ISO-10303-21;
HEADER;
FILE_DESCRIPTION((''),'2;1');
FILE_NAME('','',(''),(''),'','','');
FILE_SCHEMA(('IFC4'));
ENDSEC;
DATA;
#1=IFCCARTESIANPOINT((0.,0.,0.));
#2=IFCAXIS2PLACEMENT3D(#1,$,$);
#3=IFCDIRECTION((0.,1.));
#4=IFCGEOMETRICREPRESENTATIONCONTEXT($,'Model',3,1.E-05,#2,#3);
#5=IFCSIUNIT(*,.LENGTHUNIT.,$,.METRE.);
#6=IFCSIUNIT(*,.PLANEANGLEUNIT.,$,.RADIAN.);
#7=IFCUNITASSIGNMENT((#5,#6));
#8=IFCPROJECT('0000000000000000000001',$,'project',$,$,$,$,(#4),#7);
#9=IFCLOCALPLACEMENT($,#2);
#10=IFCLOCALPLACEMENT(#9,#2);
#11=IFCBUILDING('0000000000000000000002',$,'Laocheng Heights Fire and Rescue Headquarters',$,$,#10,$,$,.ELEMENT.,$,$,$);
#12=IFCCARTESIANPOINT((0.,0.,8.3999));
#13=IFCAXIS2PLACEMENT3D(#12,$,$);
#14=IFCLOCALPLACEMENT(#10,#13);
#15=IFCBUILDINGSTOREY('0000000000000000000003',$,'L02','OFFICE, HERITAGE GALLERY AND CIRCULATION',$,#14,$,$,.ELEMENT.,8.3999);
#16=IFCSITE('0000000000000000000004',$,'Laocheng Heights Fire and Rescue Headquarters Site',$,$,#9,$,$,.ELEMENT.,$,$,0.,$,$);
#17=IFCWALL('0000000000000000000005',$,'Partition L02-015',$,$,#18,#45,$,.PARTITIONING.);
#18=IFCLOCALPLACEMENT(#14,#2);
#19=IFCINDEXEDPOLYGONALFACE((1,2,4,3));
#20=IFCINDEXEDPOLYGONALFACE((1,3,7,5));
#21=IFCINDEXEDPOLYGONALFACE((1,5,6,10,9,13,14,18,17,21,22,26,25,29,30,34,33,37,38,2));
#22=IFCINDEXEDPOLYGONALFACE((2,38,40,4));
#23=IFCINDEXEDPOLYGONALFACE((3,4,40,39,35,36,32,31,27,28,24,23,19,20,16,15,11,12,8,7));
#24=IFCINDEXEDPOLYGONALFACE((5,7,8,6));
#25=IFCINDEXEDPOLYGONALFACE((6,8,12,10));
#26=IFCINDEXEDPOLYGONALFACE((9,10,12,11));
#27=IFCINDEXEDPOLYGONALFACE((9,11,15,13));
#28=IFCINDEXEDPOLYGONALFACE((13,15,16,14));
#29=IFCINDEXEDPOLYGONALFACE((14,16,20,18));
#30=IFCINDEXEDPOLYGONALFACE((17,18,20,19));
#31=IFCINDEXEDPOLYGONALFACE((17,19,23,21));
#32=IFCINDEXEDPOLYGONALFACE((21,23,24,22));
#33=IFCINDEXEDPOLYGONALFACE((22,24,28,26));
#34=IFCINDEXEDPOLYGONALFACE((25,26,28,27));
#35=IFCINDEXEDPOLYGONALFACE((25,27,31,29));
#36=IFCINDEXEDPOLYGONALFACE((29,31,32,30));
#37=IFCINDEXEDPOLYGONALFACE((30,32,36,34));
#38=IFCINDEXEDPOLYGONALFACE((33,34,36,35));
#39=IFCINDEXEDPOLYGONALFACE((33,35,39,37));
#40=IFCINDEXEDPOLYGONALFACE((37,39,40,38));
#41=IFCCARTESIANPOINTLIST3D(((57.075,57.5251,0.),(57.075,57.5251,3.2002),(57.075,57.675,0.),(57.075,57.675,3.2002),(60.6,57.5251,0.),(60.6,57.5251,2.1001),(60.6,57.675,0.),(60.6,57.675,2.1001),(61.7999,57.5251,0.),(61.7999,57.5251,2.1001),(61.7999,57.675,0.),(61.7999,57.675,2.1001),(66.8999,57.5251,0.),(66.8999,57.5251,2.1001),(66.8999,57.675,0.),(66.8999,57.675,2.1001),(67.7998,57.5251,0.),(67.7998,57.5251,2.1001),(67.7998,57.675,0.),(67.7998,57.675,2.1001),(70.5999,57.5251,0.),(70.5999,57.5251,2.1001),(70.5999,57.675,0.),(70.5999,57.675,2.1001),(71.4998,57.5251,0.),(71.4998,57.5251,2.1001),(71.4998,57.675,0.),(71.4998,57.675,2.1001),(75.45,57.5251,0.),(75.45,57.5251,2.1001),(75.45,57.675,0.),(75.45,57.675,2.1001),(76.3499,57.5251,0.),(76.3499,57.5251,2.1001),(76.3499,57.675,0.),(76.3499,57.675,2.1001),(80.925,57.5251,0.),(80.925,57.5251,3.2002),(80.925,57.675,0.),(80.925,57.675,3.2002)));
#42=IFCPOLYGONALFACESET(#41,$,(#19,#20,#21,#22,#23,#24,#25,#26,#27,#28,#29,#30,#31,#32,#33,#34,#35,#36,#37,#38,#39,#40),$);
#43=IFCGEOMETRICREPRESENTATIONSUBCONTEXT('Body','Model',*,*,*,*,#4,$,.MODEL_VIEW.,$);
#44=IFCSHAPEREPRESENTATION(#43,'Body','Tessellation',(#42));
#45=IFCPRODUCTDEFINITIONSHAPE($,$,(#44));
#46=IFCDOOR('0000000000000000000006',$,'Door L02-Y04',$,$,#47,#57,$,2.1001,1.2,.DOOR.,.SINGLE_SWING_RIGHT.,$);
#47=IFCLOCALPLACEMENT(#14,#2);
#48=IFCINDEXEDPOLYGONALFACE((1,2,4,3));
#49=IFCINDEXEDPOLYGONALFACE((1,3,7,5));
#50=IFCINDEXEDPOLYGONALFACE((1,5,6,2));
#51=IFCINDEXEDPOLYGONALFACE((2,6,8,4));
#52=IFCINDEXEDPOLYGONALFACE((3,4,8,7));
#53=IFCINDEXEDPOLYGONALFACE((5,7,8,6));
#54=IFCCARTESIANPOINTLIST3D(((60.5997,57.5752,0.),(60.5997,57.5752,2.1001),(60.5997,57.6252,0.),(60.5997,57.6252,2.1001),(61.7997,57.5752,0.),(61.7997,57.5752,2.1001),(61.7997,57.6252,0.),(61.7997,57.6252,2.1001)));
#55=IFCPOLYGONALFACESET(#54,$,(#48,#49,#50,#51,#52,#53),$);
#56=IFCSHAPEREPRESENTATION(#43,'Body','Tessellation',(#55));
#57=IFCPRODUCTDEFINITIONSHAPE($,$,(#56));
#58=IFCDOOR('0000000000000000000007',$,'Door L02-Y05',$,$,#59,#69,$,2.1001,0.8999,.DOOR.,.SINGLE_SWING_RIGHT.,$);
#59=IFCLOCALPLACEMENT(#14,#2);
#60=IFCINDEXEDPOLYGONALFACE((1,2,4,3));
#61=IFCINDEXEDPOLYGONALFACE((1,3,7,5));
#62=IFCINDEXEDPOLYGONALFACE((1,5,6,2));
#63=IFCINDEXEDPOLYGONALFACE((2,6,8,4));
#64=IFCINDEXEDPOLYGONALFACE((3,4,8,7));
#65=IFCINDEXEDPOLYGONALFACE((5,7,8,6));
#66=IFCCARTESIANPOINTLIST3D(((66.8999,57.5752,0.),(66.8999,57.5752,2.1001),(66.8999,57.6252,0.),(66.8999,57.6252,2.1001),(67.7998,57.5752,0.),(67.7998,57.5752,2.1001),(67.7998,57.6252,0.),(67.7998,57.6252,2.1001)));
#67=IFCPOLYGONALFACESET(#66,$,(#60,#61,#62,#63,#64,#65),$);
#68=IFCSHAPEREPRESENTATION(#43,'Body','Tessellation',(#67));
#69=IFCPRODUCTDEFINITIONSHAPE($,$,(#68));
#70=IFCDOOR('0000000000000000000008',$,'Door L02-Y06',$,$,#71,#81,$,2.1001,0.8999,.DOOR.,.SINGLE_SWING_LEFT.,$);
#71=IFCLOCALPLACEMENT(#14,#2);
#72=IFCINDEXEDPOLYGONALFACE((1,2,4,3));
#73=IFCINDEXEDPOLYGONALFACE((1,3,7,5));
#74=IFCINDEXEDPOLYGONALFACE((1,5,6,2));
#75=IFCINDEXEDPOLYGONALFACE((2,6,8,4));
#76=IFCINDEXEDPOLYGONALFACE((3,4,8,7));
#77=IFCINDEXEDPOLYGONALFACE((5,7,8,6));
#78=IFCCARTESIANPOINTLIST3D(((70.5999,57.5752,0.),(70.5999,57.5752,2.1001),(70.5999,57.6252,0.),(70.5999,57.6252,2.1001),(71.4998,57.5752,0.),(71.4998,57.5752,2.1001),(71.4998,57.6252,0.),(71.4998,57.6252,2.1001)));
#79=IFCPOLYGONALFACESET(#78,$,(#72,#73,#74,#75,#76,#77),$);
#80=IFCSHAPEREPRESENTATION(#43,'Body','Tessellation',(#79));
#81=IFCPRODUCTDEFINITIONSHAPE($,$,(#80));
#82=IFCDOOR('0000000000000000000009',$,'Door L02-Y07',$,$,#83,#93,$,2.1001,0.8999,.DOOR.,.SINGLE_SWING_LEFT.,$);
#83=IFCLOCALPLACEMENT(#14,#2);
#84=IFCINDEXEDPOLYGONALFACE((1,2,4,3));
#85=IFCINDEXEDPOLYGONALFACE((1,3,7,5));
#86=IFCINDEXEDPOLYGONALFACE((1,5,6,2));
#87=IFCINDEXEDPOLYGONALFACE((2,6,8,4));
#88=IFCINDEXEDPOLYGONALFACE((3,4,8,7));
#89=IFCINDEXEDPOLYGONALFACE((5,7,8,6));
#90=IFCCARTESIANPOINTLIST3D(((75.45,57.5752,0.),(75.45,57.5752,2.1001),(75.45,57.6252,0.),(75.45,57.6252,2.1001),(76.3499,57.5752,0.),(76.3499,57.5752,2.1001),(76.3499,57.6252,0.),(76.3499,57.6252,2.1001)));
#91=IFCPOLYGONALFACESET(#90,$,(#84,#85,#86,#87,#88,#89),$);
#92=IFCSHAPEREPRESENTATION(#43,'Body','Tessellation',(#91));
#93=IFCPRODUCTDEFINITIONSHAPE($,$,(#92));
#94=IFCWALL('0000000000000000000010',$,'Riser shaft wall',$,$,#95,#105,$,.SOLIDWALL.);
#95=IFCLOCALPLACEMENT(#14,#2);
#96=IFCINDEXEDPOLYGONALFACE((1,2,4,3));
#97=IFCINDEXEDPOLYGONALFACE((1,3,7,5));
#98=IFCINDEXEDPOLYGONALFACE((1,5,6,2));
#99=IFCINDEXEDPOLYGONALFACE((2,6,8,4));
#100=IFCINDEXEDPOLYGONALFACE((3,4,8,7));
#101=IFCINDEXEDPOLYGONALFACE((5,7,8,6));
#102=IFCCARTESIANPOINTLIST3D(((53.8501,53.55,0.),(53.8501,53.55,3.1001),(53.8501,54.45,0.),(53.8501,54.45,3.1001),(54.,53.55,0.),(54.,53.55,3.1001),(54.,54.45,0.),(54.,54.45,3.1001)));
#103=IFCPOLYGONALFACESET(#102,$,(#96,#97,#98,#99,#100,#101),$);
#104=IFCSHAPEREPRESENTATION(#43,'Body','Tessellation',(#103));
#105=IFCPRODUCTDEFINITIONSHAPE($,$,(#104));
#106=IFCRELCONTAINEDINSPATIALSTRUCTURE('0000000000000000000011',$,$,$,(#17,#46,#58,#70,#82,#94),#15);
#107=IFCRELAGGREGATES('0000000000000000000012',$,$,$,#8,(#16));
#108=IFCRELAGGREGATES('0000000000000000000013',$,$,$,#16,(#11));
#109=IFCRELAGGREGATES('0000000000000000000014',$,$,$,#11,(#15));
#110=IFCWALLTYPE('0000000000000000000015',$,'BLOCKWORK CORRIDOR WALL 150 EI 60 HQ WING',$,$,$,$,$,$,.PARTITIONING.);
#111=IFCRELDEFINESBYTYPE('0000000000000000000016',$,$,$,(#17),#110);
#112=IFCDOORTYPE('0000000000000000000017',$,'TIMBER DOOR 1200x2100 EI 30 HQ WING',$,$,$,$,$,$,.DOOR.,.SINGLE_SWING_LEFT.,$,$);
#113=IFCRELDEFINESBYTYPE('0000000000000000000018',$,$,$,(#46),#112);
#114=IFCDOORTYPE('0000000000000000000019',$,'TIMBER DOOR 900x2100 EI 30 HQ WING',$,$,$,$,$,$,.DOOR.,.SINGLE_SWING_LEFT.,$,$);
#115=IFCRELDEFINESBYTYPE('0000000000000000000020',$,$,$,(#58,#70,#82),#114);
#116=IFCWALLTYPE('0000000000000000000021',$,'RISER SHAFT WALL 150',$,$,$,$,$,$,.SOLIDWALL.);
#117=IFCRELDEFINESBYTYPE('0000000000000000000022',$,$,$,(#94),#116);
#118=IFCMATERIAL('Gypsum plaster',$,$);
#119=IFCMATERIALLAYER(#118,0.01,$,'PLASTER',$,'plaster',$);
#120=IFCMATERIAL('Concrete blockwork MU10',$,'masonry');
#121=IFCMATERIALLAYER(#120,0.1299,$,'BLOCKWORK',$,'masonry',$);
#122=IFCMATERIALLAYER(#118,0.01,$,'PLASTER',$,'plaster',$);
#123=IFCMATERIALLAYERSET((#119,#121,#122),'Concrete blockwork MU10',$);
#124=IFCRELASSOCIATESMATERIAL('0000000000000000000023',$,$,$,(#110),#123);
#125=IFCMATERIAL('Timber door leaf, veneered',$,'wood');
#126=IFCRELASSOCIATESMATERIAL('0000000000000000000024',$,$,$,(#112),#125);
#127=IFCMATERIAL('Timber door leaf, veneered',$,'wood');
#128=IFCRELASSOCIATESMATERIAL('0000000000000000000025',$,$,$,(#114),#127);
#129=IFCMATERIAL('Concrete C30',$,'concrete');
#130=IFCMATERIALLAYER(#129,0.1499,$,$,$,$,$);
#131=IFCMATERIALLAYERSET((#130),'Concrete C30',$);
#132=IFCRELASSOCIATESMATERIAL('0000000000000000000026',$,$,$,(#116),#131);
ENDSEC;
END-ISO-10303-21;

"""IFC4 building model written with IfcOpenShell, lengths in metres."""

from ifc_helpers import new_model, si_unit, direction, frame, frame_2d, origin, place, context, subcontext, project, spatial, rectangle, extrude, material, layer, layer_set, type_object, element, fill, save


model = new_model("IFC4")

# Units and contexts
model_context = context("Model", 3, precision=1e-05, world=origin(), true_north=direction((0.0, 1.0)))
body_context = subcontext(model_context, "Body", "Model", "MODEL_VIEW")
ifc_project = project(units=[si_unit("LENGTHUNIT", "METRE"), si_unit("PLANEANGLEUNIT", "RADIAN")], contexts=[model_context])

# Site, building, storey
site_placement = place(None, origin())
site = spatial("IfcSite", under=ifc_project, at=site_placement, Name="Laocheng Heights Fire and Rescue Headquarters Site", CompositionType="ELEMENT", RefElevation=0.0)
building_placement = place(site_placement, origin())
building = spatial("IfcBuilding", under=site, at=building_placement, Name="Laocheng Heights Fire and Rescue Headquarters", CompositionType="ELEMENT")
storey_placement = place(building_placement, frame((0.0, 0.0, 8.3999)))
storey = spatial("IfcBuildingStorey", under=building, at=storey_placement, Name="L02", Description="OFFICE, HERITAGE GALLERY AND CIRCULATION", CompositionType="ELEMENT", Elevation=8.3999)

# Shared definitions
ifc_material_1 = material(Name="Gypsum plaster")
ifc_layer_1 = layer(ifc_material_1, 0.01, Name="PLASTER", Category="plaster")
ifc_material_2 = material(Name="Concrete blockwork MU10", Category="masonry")
ifc_layer_2 = layer(ifc_material_2, 0.1299, Name="BLOCKWORK", Category="masonry")
ifc_layer_3 = layer(ifc_material_1, 0.01, Name="PLASTER", Category="plaster")
ifc_layer_set_1 = layer_set([ifc_layer_1, ifc_layer_2, ifc_layer_3], Name="Concrete blockwork MU10")
wall_type_1 = type_object("IfcWallType", Name="BLOCKWORK CORRIDOR WALL 150 EI 60 HQ WING", PredefinedType="PARTITIONING", material=ifc_layer_set_1)

# Wall, openings, doors
wall_1_placement = place(storey_placement, frame((57.075, 57.6001, 0.0), z_axis=(0.0, 0.0, 1.0), x_axis=(1.0, 0.0, 0.0)))
wall_1 = element("IfcWall", 1, at=wall_1_placement, inside=storey, type_object=wall_type_1, Name="Partition L02-015", PredefinedType="PARTITIONING", context=body_context, shape_type="SweptSolid", body=[
    extrude(rectangle(XDim=23.8501, YDim=0.1499, at=frame_2d((11.925, 0.0))), origin(), (0.0, 0.0, 1.0), 3.2002),
])
opening_1_placement = place(wall_1_placement, frame((3.5249, 0.0, 0.0)))
opening_1 = element("IfcOpeningElement", 2, at=opening_1_placement, cuts=wall_1, PredefinedType="OPENING", context=body_context, shape_type="SweptSolid", body=[
    extrude(rectangle(XDim=1.2, YDim=2.1001, at=frame_2d((0.6001, 1.05))), frame((0.0, 0.085, 0.0), z_axis=(0.0, -1.0, 0.0), x_axis=(1.0, 0.0, 0.0)), (0.0, 0.0, 1.0), 0.1699),
])
opening_2_placement = place(wall_1_placement, frame((9.825, 0.0, 0.0)))
opening_2 = element("IfcOpeningElement", 3, at=opening_2_placement, cuts=wall_1, PredefinedType="OPENING", context=body_context, shape_type="SweptSolid", body=[
    extrude(rectangle(XDim=0.8999, YDim=2.1001, at=frame_2d((0.45, 1.05))), frame((0.0, 0.085, 0.0), z_axis=(0.0, -1.0, 0.0), x_axis=(1.0, 0.0, 0.0)), (0.0, 0.0, 1.0), 0.1699),
])
opening_3_placement = place(wall_1_placement, frame((13.5249, 0.0, 0.0)))
opening_3 = element("IfcOpeningElement", 4, at=opening_3_placement, cuts=wall_1, PredefinedType="OPENING", context=body_context, shape_type="SweptSolid", body=[
    extrude(rectangle(XDim=0.8999, YDim=2.1001, at=frame_2d((0.45, 1.05))), frame((0.0, 0.085, 0.0), z_axis=(0.0, -1.0, 0.0), x_axis=(1.0, 0.0, 0.0)), (0.0, 0.0, 1.0), 0.1699),
])
opening_4_placement = place(wall_1_placement, frame((18.375, 0.0, 0.0)))
opening_4 = element("IfcOpeningElement", 5, at=opening_4_placement, cuts=wall_1, PredefinedType="OPENING", context=body_context, shape_type="SweptSolid", body=[
    extrude(rectangle(XDim=0.8999, YDim=2.1001, at=frame_2d((0.45, 1.05))), frame((0.0, 0.085, 0.0), z_axis=(0.0, -1.0, 0.0), x_axis=(1.0, 0.0, 0.0)), (0.0, 0.0, 1.0), 0.1699),
])
ifc_material_3 = material(Name="Timber door leaf, veneered", Category="wood")
door_type_1 = type_object("IfcDoorType", Name="TIMBER DOOR 1200x2100 EI 30 HQ WING", OperationType="SINGLE_SWING_LEFT", PredefinedType="DOOR", material=ifc_material_3)
door_1_placement = place(opening_1_placement, frame((1.2, 0.0, 0.0), z_axis=(0.0, 0.0, 1.0), x_axis=(-1.0, 0.0, 0.0)))
door_1 = element("IfcDoor", 6, at=door_1_placement, inside=storey, type_object=door_type_1, Name="Door L02-Y04", OperationType="SINGLE_SWING_RIGHT", OverallHeight=2.1001, OverallWidth=1.2, PredefinedType="DOOR", context=body_context, shape_type="SweptSolid", body=[
    extrude(rectangle(XDim=1.2, YDim=2.1001, at=frame_2d((0.6001, 1.05))), frame((0.0, 0.0249, 0.0), z_axis=(0.0, -1.0, 0.0), x_axis=(1.0, 0.0, 0.0)), (0.0, 0.0, 1.0), 0.05),
])
fill(opening_1, door_1)
ifc_material_4 = material(Name="Timber door leaf, veneered", Category="wood")
door_type_2 = type_object("IfcDoorType", Name="TIMBER DOOR 900x2100 EI 30 HQ WING", OperationType="SINGLE_SWING_LEFT", PredefinedType="DOOR", material=ifc_material_4)
door_2_placement = place(opening_2_placement, frame((0.8999, 0.0, 0.0), z_axis=(0.0, 0.0, 1.0), x_axis=(-1.0, 0.0, 0.0)))
door_2 = element("IfcDoor", 7, at=door_2_placement, inside=storey, type_object=door_type_2, Name="Door L02-Y05", OperationType="SINGLE_SWING_RIGHT", OverallHeight=2.1001, OverallWidth=0.8999, PredefinedType="DOOR", context=body_context, shape_type="SweptSolid", body=[
    extrude(rectangle(XDim=0.8999, YDim=2.1001, at=frame_2d((0.45, 1.05))), frame((0.0, 0.0249, 0.0), z_axis=(0.0, -1.0, 0.0), x_axis=(1.0, 0.0, 0.0)), (0.0, 0.0, 1.0), 0.05),
])
fill(opening_2, door_2)
door_3_placement = place(opening_3_placement, frame((0.8999, 0.0, 0.0), z_axis=(0.0, 0.0, 1.0), x_axis=(-1.0, 0.0, 0.0)))
door_3 = element("IfcDoor", 8, at=door_3_placement, inside=storey, type_object=door_type_2, Name="Door L02-Y06", OperationType="SINGLE_SWING_LEFT", OverallHeight=2.1001, OverallWidth=0.8999, PredefinedType="DOOR", context=body_context, shape_type="SweptSolid", body=[
    extrude(rectangle(XDim=0.8999, YDim=2.1001, at=frame_2d((0.45, 1.05))), frame((0.0, 0.0249, 0.0), z_axis=(0.0, -1.0, 0.0), x_axis=(1.0, 0.0, 0.0)), (0.0, 0.0, 1.0), 0.05),
])
fill(opening_3, door_3)
door_4_placement = place(opening_4_placement, frame((0.8999, 0.0, 0.0), z_axis=(0.0, 0.0, 1.0), x_axis=(-1.0, 0.0, 0.0)))
door_4 = element("IfcDoor", 9, at=door_4_placement, inside=storey, type_object=door_type_2, Name="Door L02-Y07", OperationType="SINGLE_SWING_LEFT", OverallHeight=2.1001, OverallWidth=0.8999, PredefinedType="DOOR", context=body_context, shape_type="SweptSolid", body=[
    extrude(rectangle(XDim=0.8999, YDim=2.1001, at=frame_2d((0.45, 1.05))), frame((0.0, 0.0249, 0.0), z_axis=(0.0, -1.0, 0.0), x_axis=(1.0, 0.0, 0.0)), (0.0, 0.0, 1.0), 0.05),
])
fill(opening_4, door_4)

# Wall
ifc_material_5 = material(Name="Concrete C30", Category="concrete")
ifc_layer_4 = layer(ifc_material_5, 0.1499)
ifc_layer_set_2 = layer_set([ifc_layer_4], Name="Concrete C30")
wall_type_2 = type_object("IfcWallType", Name="RISER SHAFT WALL 150", PredefinedType="SOLIDWALL", material=ifc_layer_set_2)
wall_2_placement = place(storey_placement, frame((53.925, 53.55, 0.0), z_axis=(0.0, 0.0, 1.0), x_axis=(0.0, 1.0, 0.0)))
element("IfcWall", 10, at=wall_2_placement, inside=storey, type_object=wall_type_2, Name="Riser shaft wall", PredefinedType="SOLIDWALL", context=body_context, shape_type="SweptSolid", body=[
    extrude(rectangle(XDim=0.8999, YDim=0.1499, at=frame_2d((0.45, 0.0))), origin(), (0.0, 0.0, 1.0), 3.1001),
])

save(model, "model.ifc")
